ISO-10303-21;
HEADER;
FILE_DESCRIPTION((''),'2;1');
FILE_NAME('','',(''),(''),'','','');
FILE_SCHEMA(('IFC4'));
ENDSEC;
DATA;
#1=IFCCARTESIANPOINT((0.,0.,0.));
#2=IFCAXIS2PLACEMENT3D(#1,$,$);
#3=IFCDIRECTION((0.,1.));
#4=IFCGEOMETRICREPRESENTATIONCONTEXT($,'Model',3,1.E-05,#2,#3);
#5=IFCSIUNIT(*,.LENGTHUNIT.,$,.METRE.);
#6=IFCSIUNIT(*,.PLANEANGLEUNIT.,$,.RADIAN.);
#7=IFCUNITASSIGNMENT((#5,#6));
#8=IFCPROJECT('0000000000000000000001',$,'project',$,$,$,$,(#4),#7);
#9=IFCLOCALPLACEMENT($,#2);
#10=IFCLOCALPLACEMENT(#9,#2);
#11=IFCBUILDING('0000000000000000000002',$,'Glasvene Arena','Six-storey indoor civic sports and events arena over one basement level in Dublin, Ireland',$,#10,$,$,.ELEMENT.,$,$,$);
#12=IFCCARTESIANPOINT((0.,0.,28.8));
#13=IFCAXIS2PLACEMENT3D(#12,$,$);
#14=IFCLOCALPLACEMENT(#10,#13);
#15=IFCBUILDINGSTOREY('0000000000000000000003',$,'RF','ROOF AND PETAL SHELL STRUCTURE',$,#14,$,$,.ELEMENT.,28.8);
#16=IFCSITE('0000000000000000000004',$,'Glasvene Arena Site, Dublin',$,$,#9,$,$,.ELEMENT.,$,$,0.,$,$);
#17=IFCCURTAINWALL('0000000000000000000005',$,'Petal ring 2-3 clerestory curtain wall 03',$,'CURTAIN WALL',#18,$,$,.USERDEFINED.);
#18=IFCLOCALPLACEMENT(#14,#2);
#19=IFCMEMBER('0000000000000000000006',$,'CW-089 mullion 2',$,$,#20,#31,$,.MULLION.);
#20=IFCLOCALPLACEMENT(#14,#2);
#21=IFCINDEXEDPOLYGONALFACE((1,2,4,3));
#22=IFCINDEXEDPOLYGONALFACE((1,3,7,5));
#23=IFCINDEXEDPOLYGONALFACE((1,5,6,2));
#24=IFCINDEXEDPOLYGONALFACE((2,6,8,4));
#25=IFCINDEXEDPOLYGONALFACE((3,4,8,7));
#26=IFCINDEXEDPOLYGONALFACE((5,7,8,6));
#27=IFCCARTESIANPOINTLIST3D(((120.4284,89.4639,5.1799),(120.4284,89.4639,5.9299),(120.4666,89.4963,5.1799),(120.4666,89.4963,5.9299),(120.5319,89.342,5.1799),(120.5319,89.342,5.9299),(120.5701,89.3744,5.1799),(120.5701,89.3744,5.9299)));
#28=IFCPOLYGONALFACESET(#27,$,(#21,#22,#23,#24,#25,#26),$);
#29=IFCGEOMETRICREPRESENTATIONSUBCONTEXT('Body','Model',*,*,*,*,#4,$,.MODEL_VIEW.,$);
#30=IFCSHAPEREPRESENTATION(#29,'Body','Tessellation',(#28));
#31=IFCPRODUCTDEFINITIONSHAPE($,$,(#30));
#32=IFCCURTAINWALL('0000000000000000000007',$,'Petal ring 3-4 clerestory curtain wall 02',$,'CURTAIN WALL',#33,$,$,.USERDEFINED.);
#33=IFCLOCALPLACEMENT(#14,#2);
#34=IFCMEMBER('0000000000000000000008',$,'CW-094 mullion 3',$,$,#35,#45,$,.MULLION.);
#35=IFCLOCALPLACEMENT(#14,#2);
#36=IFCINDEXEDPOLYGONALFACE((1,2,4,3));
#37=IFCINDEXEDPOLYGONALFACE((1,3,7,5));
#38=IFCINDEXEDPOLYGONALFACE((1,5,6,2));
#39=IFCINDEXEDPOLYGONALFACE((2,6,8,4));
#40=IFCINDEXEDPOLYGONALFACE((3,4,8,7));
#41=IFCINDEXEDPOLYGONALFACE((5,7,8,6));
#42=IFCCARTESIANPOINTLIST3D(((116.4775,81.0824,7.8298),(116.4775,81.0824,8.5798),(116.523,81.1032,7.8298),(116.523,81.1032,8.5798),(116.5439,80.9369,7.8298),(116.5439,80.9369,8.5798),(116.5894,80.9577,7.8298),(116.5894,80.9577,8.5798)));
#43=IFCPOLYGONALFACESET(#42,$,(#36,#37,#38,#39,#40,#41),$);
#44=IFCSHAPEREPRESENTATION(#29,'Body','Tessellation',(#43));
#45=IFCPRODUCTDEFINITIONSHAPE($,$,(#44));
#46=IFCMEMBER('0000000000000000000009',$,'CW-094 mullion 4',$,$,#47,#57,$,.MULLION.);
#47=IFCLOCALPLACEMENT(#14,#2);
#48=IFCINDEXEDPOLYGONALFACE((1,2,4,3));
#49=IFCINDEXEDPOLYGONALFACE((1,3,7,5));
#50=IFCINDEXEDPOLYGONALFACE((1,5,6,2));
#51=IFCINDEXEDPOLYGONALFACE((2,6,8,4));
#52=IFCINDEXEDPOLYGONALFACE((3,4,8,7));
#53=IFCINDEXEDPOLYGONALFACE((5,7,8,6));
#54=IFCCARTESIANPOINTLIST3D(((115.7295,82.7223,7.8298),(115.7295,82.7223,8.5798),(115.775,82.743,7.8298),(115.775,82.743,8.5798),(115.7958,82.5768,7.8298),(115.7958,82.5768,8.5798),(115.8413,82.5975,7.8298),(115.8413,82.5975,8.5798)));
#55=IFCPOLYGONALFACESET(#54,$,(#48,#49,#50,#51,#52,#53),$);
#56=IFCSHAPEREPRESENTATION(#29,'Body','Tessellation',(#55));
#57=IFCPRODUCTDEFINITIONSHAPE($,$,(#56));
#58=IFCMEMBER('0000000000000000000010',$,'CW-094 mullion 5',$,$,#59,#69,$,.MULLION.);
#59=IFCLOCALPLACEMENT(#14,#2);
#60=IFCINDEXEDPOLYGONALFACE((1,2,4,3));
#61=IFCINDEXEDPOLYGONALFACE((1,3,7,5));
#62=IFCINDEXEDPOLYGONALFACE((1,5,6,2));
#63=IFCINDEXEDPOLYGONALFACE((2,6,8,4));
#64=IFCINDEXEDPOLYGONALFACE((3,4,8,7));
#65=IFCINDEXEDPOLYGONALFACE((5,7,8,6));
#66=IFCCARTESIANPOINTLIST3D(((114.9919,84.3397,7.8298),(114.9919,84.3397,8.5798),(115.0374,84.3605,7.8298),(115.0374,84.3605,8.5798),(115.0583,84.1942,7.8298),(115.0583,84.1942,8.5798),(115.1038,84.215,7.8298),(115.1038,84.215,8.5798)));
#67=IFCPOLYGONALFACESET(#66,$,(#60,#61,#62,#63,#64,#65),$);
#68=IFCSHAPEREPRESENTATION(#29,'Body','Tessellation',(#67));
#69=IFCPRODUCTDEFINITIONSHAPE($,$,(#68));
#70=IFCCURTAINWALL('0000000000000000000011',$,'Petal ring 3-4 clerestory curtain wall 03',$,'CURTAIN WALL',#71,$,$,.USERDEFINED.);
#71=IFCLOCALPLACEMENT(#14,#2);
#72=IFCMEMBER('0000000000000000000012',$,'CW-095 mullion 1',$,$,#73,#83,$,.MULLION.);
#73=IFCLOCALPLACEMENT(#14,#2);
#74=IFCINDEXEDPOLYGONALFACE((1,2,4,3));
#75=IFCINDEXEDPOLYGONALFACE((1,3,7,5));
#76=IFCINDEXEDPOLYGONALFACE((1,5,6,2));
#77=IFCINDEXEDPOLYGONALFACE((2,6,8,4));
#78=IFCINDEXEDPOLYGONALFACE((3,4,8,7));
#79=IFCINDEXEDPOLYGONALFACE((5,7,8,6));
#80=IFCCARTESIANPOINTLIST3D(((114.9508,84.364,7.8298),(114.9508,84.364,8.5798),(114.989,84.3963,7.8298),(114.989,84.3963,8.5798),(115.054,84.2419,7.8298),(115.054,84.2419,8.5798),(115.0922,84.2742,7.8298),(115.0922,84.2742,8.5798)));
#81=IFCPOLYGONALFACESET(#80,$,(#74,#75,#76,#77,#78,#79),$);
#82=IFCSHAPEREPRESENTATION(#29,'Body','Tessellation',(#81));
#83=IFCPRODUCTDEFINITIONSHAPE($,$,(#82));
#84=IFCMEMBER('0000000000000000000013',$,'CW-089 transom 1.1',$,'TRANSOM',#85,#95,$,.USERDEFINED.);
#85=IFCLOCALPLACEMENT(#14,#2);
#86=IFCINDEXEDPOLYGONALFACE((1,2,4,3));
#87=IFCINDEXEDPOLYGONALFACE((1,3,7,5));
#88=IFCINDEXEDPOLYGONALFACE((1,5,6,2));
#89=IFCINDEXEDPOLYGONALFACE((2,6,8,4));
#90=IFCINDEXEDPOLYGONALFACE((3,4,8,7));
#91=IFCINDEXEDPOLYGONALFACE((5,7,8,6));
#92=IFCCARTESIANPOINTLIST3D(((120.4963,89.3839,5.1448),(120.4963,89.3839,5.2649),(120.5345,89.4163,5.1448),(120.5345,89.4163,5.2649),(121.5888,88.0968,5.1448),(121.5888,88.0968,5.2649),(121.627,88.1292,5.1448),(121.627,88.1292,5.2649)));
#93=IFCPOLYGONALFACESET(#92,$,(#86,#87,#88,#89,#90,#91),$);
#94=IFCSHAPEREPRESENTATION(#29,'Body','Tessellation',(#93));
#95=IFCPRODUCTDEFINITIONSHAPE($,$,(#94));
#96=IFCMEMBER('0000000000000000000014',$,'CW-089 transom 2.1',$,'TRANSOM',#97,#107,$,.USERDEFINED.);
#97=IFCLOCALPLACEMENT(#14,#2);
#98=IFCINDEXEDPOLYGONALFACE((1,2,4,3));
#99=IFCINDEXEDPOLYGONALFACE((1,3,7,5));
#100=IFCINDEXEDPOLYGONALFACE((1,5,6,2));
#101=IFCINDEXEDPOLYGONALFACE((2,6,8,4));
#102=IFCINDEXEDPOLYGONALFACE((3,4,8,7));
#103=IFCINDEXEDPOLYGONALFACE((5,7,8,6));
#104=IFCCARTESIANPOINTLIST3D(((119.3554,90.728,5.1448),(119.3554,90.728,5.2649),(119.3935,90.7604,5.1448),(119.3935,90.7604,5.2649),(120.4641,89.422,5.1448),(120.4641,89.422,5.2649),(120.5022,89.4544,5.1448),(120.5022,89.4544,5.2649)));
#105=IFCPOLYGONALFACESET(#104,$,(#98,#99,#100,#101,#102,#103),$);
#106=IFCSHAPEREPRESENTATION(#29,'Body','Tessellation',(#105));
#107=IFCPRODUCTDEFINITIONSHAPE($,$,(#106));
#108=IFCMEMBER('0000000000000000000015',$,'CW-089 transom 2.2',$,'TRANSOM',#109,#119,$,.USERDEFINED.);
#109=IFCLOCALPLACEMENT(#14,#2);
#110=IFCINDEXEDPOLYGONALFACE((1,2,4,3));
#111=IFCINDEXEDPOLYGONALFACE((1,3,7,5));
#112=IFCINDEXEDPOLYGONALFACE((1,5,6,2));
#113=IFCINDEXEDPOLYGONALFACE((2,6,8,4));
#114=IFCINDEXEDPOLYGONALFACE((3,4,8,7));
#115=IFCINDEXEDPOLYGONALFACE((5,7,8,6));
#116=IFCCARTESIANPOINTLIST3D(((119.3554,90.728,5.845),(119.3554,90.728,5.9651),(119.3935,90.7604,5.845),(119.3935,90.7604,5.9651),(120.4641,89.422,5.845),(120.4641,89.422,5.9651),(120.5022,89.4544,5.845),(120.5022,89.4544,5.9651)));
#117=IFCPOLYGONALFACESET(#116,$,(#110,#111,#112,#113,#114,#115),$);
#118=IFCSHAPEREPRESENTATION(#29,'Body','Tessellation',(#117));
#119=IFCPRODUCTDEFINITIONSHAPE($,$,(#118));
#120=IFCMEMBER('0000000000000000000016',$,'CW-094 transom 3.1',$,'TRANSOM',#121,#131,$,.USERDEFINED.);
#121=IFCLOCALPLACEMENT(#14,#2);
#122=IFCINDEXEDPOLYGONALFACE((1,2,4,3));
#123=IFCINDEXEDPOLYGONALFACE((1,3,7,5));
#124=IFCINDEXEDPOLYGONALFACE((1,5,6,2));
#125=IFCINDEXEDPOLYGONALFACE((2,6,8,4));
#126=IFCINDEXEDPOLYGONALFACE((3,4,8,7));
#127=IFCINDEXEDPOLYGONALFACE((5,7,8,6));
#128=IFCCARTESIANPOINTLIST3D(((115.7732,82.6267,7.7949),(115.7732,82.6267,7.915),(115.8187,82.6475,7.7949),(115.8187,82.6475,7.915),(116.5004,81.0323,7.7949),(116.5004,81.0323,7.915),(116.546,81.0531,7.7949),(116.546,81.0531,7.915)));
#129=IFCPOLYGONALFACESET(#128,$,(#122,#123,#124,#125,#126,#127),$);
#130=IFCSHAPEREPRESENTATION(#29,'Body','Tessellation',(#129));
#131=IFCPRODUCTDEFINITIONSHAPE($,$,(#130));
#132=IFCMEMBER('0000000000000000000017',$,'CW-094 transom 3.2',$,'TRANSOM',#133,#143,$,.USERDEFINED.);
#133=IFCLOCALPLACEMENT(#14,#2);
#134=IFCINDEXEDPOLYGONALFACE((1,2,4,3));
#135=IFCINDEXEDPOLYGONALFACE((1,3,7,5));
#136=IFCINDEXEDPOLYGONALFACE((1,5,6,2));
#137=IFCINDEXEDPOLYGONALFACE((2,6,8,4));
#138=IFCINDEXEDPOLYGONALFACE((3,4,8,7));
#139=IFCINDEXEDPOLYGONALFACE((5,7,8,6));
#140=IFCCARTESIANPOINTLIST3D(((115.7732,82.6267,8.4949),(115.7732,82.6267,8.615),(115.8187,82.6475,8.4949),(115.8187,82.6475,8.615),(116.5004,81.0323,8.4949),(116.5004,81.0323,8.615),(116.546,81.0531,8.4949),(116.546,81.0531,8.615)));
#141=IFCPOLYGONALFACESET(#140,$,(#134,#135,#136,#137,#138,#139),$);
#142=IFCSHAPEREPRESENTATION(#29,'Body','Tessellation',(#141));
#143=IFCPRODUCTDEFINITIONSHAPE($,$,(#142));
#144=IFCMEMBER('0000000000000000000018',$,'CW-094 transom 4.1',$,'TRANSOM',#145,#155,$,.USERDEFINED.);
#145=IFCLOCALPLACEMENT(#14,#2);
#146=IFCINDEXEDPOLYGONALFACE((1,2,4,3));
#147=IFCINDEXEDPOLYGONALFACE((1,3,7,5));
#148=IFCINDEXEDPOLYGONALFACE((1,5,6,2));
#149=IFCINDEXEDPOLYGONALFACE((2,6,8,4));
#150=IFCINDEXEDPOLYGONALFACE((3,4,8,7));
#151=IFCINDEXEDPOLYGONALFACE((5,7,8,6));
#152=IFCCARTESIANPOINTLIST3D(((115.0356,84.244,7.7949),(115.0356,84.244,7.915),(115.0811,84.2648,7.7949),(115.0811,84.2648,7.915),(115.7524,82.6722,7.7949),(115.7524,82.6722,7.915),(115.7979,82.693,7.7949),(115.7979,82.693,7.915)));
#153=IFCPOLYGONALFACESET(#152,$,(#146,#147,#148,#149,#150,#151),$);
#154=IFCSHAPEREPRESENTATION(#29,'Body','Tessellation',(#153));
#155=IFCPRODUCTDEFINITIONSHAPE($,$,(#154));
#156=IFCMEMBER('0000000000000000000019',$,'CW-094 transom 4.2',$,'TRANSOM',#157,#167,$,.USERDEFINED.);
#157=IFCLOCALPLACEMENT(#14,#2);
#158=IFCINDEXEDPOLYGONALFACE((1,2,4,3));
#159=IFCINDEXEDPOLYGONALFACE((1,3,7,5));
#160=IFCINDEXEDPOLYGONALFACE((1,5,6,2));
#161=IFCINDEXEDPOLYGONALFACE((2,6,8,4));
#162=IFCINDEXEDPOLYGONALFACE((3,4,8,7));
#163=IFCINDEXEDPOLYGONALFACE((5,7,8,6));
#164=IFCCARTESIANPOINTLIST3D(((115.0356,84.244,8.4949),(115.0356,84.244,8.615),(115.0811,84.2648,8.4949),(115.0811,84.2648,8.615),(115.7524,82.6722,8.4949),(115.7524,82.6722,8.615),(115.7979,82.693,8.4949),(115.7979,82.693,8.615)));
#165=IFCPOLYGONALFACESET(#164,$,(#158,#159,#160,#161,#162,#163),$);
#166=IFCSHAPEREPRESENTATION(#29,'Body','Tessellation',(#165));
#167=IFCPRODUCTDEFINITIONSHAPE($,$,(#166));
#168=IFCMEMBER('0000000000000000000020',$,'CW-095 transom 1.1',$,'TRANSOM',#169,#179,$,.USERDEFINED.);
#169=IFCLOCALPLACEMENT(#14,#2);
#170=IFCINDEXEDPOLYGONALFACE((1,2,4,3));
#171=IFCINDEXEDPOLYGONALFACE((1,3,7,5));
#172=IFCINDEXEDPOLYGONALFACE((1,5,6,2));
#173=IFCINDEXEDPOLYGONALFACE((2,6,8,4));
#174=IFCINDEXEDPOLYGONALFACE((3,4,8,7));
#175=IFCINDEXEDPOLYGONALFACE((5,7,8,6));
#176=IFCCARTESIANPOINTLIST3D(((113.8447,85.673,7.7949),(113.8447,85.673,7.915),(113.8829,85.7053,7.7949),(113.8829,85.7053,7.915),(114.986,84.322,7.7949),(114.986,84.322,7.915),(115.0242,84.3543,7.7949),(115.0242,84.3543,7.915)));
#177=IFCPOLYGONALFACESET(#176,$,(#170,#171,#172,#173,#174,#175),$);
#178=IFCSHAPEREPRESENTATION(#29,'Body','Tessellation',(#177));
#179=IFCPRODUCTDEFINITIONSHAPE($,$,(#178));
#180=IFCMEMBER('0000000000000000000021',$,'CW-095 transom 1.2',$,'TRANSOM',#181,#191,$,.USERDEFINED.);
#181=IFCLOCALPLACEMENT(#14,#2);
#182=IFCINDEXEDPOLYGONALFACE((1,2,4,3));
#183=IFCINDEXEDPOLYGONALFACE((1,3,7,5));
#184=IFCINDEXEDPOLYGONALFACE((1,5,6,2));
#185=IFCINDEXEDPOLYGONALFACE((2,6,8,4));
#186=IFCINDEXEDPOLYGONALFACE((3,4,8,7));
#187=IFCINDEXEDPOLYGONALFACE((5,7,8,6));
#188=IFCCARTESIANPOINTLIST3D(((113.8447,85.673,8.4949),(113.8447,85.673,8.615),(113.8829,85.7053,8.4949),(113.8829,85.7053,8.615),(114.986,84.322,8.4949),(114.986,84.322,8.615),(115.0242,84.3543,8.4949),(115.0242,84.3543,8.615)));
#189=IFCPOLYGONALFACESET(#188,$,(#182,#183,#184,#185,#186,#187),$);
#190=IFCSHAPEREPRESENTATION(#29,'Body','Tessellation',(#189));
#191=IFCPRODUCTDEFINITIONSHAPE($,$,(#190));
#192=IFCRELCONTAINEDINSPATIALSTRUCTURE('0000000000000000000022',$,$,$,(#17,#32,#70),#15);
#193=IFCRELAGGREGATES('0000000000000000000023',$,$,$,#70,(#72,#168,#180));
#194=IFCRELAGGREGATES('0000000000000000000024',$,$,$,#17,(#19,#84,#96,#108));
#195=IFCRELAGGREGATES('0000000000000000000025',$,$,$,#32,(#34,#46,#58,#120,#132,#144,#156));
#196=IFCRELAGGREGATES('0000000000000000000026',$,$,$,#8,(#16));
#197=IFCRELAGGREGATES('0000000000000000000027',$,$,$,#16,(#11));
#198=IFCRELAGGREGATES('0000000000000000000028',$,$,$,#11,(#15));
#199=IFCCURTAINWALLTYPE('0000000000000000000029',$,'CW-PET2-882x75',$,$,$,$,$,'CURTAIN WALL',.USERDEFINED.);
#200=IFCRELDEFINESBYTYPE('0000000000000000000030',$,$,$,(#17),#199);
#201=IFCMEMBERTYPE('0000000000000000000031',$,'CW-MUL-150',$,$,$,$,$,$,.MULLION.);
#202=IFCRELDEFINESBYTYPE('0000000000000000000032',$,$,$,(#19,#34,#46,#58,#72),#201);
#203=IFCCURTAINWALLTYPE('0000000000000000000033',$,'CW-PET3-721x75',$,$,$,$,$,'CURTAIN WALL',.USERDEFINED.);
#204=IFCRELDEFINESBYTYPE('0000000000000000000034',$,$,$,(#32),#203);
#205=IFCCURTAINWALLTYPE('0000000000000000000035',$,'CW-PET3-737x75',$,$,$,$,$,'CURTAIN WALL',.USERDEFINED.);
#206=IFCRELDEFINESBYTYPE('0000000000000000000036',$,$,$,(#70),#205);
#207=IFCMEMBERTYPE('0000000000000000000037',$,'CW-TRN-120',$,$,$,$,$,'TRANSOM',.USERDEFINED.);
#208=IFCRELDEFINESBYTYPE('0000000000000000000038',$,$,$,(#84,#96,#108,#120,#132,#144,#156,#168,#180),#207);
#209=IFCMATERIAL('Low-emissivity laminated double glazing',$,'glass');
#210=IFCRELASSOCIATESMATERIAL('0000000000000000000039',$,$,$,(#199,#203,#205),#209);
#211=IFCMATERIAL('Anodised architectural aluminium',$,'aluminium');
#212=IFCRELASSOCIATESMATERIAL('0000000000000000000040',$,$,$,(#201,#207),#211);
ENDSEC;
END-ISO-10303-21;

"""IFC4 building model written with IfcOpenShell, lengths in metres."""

from ifc_helpers import new_model, si_unit, direction, frame, origin, origin_2d, place, context, subcontext, project, spatial, rectangle, extrude, material, material_profile, profile_set, type_object, element, aggregate, save


model = new_model("IFC4")

# Units and contexts
model_context = context("Model", 3, precision=1e-05, world=origin(), true_north=direction((0.0, 1.0)))
body_context = subcontext(model_context, "Body", "Model", "MODEL_VIEW")
ifc_project = project(units=[si_unit("LENGTHUNIT", "METRE"), si_unit("PLANEANGLEUNIT", "RADIAN")], contexts=[model_context])

# Site, building, storey
site_placement = place(None, origin())
site = spatial("IfcSite", under=ifc_project, at=site_placement, Name="Glasvene Arena Site, Dublin", CompositionType="ELEMENT", RefElevation=0.0)
building_placement = place(site_placement, origin())
building = spatial("IfcBuilding", under=site, at=building_placement, Name="Glasvene Arena", Description="Six-storey indoor civic sports and events arena over one basement level in Dublin, Ireland", CompositionType="ELEMENT")
storey_placement = place(building_placement, frame((0.0, 0.0, 28.8)))
storey = spatial("IfcBuildingStorey", under=building, at=storey_placement, Name="RF", Description="ROOF AND PETAL SHELL STRUCTURE", CompositionType="ELEMENT", Elevation=28.8)

# Curtain wall, member
ifc_material_1 = material(Name="Low-emissivity laminated double glazing", Category="glass")
curtain_wall_type_1 = type_object("IfcCurtainWallType", Name="CW-PET2-882x75", ElementType="CURTAIN WALL", PredefinedType="USERDEFINED", material=ifc_material_1)
curtain_wall_1_placement = place(storey_placement, frame((121.6404, 88.075, 0.0)))
curtain_wall_1 = element("IfcCurtainWall", 1, at=curtain_wall_1_placement, inside=storey, type_object=curtain_wall_type_1, Name="Petal ring 2-3 clerestory curtain wall 03", ObjectType="CURTAIN WALL", PredefinedType="USERDEFINED")
ifc_material_2 = material(Name="Anodised architectural aluminium", Category="aluminium")
ifc_material_profile_1 = material_profile(ifc_material_2, rectangle(XDim=0.05, YDim=0.1599, at=origin_2d()), Name="ALU MULLION 50x160")
ifc_profile_set_1 = profile_set([ifc_material_profile_1], Name="Anodised architectural aluminium")
member_type_1 = type_object("IfcMemberType", Name="CW-MUL-150", PredefinedType="MULLION", material=ifc_profile_set_1)
member_1_placement = place(storey_placement, frame((120.4993, 89.4192, 5.1799), z_axis=(0.0, 0.0, 1.0), x_axis=(-0.762348, -0.647167, 0.0)))
member_1 = element("IfcMember", 2, at=member_1_placement, type_object=member_type_1, Name="CW-089 mullion 2", PredefinedType="MULLION", context=body_context, shape_type="SweptSolid", body=[
    extrude(rectangle(XDim=0.05, YDim=0.1599, at=origin_2d()), origin(), (0.0, 0.0, 1.0), 0.75),
])

# Curtain wall, members
curtain_wall_type_2 = type_object("IfcCurtainWallType", Name="CW-PET3-721x75", ElementType="CURTAIN WALL", PredefinedType="USERDEFINED", material=ifc_material_1)
curtain_wall_2_placement = place(storey_placement, frame((118.0295, 77.74, 0.0)))
curtain_wall_2 = element("IfcCurtainWall", 3, at=curtain_wall_2_placement, inside=storey, type_object=curtain_wall_type_2, Name="Petal ring 3-4 clerestory curtain wall 02", ObjectType="CURTAIN WALL", PredefinedType="USERDEFINED")
member_2_placement = place(storey_placement, frame((116.5334, 81.02, 7.8298), z_axis=(0.0, 0.0, 1.0), x_axis=(-0.909836, -0.414968, 0.0)))
member_2 = element("IfcMember", 4, at=member_2_placement, type_object=member_type_1, Name="CW-094 mullion 3", PredefinedType="MULLION", context=body_context, shape_type="SweptSolid", body=[
    extrude(rectangle(XDim=0.05, YDim=0.1599, at=origin_2d()), origin(), (0.0, 0.0, 1.0), 0.75),
])
member_3_placement = place(storey_placement, frame((115.7854, 82.6599, 7.8298), z_axis=(0.0, 0.0, 1.0), x_axis=(-0.909836, -0.414968, 0.0)))
member_3 = element("IfcMember", 5, at=member_3_placement, type_object=member_type_1, Name="CW-094 mullion 4", PredefinedType="MULLION", context=body_context, shape_type="SweptSolid", body=[
    extrude(rectangle(XDim=0.05, YDim=0.1599, at=origin_2d()), origin(), (0.0, 0.0, 1.0), 0.75),
])
member_4_placement = place(storey_placement, frame((115.0479, 84.2773, 7.8298), z_axis=(0.0, 0.0, 1.0), x_axis=(-0.909836, -0.414968, 0.0)))
member_4 = element("IfcMember", 6, at=member_4_placement, type_object=member_type_1, Name="CW-094 mullion 5", PredefinedType="MULLION", context=body_context, shape_type="SweptSolid", body=[
    extrude(rectangle(XDim=0.05, YDim=0.1599, at=origin_2d()), origin(), (0.0, 0.0, 1.0), 0.75),
])

# Curtain wall, member
curtain_wall_type_3 = type_object("IfcCurtainWallType", Name="CW-PET3-737x75", ElementType="CURTAIN WALL", PredefinedType="USERDEFINED", material=ifc_material_1)
curtain_wall_3_placement = place(storey_placement, frame((115.0376, 84.3, 0.0)))
curtain_wall_3 = element("IfcCurtainWall", 7, at=curtain_wall_3_placement, inside=storey, type_object=curtain_wall_type_3, Name="Petal ring 3-4 clerestory curtain wall 03", ObjectType="CURTAIN WALL", PredefinedType="USERDEFINED")
member_5_placement = place(storey_placement, frame((115.0215, 84.3191, 7.8298), z_axis=(0.0, 0.0, 1.0), x_axis=(-0.76385, -0.645394, 0.0)))
member_5 = element("IfcMember", 8, at=member_5_placement, type_object=member_type_1, Name="CW-095 mullion 1", PredefinedType="MULLION", context=body_context, shape_type="SweptSolid", body=[
    extrude(rectangle(XDim=0.05, YDim=0.1599, at=origin_2d()), origin(), (0.0, 0.0, 1.0), 0.75),
])

# Members
ifc_material_profile_2 = material_profile(ifc_material_2, rectangle(XDim=0.05, YDim=0.1201, at=origin_2d()), Name="ALU TRANSOM 50x120")
ifc_profile_set_2 = profile_set([ifc_material_profile_2], Name="Anodised architectural aluminium")
member_type_2 = type_object("IfcMemberType", Name="CW-TRN-120", ElementType="TRANSOM", PredefinedType="USERDEFINED", material=ifc_profile_set_2)
member_6_placement = place(storey_placement, frame((121.6079, 88.113, 5.2048), z_axis=(-0.647128, 0.762382, 0.0), x_axis=(-0.762382, -0.647128, 0.0)))
member_6 = element("IfcMember", 9, at=member_6_placement, type_object=member_type_2, Name="CW-089 transom 1.1", ObjectType="TRANSOM", PredefinedType="USERDEFINED", context=body_context, shape_type="SweptSolid", body=[
    extrude(rectangle(XDim=0.05, YDim=0.1201, at=origin_2d()), origin(), (0.0, 0.0, 1.0), 1.6882),
])
member_7_placement = place(storey_placement, frame((120.4832, 89.4382, 5.2048), z_axis=(-0.647181, 0.762337, 0.0), x_axis=(-0.762337, -0.647181, 0.0)))
member_7 = element("IfcMember", 10, at=member_7_placement, type_object=member_type_2, Name="CW-089 transom 2.1", ObjectType="TRANSOM", PredefinedType="USERDEFINED", context=body_context, shape_type="SweptSolid", body=[
    extrude(rectangle(XDim=0.05, YDim=0.1201, at=origin_2d()), origin(), (0.0, 0.0, 1.0), 1.7131),
])
member_8_placement = place(storey_placement, frame((120.4832, 89.4382, 5.905), z_axis=(-0.647181, 0.762337, 0.0), x_axis=(-0.762337, -0.647181, 0.0)))
member_8 = element("IfcMember", 11, at=member_8_placement, type_object=member_type_2, Name="CW-089 transom 2.2", ObjectType="TRANSOM", PredefinedType="USERDEFINED", context=body_context, shape_type="SweptSolid", body=[
    extrude(rectangle(XDim=0.05, YDim=0.1201, at=origin_2d()), origin(), (0.0, 0.0, 1.0), 1.7131),
])
member_9_placement = place(storey_placement, frame((116.5232, 81.0427, 7.855), z_axis=(-0.414999, 0.909822, 0.0), x_axis=(-0.909822, -0.414999, 0.0)))
member_9 = element("IfcMember", 12, at=member_9_placement, type_object=member_type_2, Name="CW-094 transom 3.1", ObjectType="TRANSOM", PredefinedType="USERDEFINED", context=body_context, shape_type="SweptSolid", body=[
    extrude(rectangle(XDim=0.05, YDim=0.1201, at=origin_2d()), origin(), (0.0, 0.0, 1.0), 1.7524),
])
member_10_placement = place(storey_placement, frame((116.5232, 81.0427, 8.5549), z_axis=(-0.414999, 0.909822, 0.0), x_axis=(-0.909822, -0.414999, 0.0)))
member_10 = element("IfcMember", 13, at=member_10_placement, type_object=member_type_2, Name="CW-094 transom 3.2", ObjectType="TRANSOM", PredefinedType="USERDEFINED", context=body_context, shape_type="SweptSolid", body=[
    extrude(rectangle(XDim=0.05, YDim=0.1201, at=origin_2d()), origin(), (0.0, 0.0, 1.0), 1.7524),
])
member_11_placement = place(storey_placement, frame((115.7751, 82.6826, 7.855), z_axis=(-0.414931, 0.909853, 0.0), x_axis=(-0.909853, -0.414931, 0.0)))
member_11 = element("IfcMember", 14, at=member_11_placement, type_object=member_type_2, Name="CW-094 transom 4.1", ObjectType="TRANSOM", PredefinedType="USERDEFINED", context=body_context, shape_type="SweptSolid", body=[
    extrude(rectangle(XDim=0.05, YDim=0.1201, at=origin_2d()), origin(), (0.0, 0.0, 1.0), 1.7275),
])
member_12_placement = place(storey_placement, frame((115.7751, 82.6826, 8.5549), z_axis=(-0.414931, 0.909853, 0.0), x_axis=(-0.909853, -0.414931, 0.0)))
member_12 = element("IfcMember", 15, at=member_12_placement, type_object=member_type_2, Name="CW-094 transom 4.2", ObjectType="TRANSOM", PredefinedType="USERDEFINED", context=body_context, shape_type="SweptSolid", body=[
    extrude(rectangle(XDim=0.05, YDim=0.1201, at=origin_2d()), origin(), (0.0, 0.0, 1.0), 1.7275),
])
member_13_placement = place(storey_placement, frame((115.0051, 84.3381, 7.855), z_axis=(-0.645329, 0.763904, 0.0), x_axis=(-0.763904, -0.645329, 0.0)))
member_13 = element("IfcMember", 16, at=member_13_placement, type_object=member_type_2, Name="CW-095 transom 1.1", ObjectType="TRANSOM", PredefinedType="USERDEFINED", context=body_context, shape_type="SweptSolid", body=[
    extrude(rectangle(XDim=0.05, YDim=0.1201, at=origin_2d()), origin(), (0.0, 0.0, 1.0), 1.7686),
])
member_14_placement = place(storey_placement, frame((115.0051, 84.3381, 8.5549), z_axis=(-0.645329, 0.763904, 0.0), x_axis=(-0.763904, -0.645329, 0.0)))
member_14 = element("IfcMember", 17, at=member_14_placement, type_object=member_type_2, Name="CW-095 transom 1.2", ObjectType="TRANSOM", PredefinedType="USERDEFINED", context=body_context, shape_type="SweptSolid", body=[
    extrude(rectangle(XDim=0.05, YDim=0.1201, at=origin_2d()), origin(), (0.0, 0.0, 1.0), 1.7686),
])
aggregate(curtain_wall_3, [member_5, member_13, member_14])

aggregate(curtain_wall_1, [member_1, member_6, member_7, member_8])
aggregate(curtain_wall_2, [member_2, member_3, member_4, member_9, member_10, member_11, member_12])

save(model, "model.ifc")
